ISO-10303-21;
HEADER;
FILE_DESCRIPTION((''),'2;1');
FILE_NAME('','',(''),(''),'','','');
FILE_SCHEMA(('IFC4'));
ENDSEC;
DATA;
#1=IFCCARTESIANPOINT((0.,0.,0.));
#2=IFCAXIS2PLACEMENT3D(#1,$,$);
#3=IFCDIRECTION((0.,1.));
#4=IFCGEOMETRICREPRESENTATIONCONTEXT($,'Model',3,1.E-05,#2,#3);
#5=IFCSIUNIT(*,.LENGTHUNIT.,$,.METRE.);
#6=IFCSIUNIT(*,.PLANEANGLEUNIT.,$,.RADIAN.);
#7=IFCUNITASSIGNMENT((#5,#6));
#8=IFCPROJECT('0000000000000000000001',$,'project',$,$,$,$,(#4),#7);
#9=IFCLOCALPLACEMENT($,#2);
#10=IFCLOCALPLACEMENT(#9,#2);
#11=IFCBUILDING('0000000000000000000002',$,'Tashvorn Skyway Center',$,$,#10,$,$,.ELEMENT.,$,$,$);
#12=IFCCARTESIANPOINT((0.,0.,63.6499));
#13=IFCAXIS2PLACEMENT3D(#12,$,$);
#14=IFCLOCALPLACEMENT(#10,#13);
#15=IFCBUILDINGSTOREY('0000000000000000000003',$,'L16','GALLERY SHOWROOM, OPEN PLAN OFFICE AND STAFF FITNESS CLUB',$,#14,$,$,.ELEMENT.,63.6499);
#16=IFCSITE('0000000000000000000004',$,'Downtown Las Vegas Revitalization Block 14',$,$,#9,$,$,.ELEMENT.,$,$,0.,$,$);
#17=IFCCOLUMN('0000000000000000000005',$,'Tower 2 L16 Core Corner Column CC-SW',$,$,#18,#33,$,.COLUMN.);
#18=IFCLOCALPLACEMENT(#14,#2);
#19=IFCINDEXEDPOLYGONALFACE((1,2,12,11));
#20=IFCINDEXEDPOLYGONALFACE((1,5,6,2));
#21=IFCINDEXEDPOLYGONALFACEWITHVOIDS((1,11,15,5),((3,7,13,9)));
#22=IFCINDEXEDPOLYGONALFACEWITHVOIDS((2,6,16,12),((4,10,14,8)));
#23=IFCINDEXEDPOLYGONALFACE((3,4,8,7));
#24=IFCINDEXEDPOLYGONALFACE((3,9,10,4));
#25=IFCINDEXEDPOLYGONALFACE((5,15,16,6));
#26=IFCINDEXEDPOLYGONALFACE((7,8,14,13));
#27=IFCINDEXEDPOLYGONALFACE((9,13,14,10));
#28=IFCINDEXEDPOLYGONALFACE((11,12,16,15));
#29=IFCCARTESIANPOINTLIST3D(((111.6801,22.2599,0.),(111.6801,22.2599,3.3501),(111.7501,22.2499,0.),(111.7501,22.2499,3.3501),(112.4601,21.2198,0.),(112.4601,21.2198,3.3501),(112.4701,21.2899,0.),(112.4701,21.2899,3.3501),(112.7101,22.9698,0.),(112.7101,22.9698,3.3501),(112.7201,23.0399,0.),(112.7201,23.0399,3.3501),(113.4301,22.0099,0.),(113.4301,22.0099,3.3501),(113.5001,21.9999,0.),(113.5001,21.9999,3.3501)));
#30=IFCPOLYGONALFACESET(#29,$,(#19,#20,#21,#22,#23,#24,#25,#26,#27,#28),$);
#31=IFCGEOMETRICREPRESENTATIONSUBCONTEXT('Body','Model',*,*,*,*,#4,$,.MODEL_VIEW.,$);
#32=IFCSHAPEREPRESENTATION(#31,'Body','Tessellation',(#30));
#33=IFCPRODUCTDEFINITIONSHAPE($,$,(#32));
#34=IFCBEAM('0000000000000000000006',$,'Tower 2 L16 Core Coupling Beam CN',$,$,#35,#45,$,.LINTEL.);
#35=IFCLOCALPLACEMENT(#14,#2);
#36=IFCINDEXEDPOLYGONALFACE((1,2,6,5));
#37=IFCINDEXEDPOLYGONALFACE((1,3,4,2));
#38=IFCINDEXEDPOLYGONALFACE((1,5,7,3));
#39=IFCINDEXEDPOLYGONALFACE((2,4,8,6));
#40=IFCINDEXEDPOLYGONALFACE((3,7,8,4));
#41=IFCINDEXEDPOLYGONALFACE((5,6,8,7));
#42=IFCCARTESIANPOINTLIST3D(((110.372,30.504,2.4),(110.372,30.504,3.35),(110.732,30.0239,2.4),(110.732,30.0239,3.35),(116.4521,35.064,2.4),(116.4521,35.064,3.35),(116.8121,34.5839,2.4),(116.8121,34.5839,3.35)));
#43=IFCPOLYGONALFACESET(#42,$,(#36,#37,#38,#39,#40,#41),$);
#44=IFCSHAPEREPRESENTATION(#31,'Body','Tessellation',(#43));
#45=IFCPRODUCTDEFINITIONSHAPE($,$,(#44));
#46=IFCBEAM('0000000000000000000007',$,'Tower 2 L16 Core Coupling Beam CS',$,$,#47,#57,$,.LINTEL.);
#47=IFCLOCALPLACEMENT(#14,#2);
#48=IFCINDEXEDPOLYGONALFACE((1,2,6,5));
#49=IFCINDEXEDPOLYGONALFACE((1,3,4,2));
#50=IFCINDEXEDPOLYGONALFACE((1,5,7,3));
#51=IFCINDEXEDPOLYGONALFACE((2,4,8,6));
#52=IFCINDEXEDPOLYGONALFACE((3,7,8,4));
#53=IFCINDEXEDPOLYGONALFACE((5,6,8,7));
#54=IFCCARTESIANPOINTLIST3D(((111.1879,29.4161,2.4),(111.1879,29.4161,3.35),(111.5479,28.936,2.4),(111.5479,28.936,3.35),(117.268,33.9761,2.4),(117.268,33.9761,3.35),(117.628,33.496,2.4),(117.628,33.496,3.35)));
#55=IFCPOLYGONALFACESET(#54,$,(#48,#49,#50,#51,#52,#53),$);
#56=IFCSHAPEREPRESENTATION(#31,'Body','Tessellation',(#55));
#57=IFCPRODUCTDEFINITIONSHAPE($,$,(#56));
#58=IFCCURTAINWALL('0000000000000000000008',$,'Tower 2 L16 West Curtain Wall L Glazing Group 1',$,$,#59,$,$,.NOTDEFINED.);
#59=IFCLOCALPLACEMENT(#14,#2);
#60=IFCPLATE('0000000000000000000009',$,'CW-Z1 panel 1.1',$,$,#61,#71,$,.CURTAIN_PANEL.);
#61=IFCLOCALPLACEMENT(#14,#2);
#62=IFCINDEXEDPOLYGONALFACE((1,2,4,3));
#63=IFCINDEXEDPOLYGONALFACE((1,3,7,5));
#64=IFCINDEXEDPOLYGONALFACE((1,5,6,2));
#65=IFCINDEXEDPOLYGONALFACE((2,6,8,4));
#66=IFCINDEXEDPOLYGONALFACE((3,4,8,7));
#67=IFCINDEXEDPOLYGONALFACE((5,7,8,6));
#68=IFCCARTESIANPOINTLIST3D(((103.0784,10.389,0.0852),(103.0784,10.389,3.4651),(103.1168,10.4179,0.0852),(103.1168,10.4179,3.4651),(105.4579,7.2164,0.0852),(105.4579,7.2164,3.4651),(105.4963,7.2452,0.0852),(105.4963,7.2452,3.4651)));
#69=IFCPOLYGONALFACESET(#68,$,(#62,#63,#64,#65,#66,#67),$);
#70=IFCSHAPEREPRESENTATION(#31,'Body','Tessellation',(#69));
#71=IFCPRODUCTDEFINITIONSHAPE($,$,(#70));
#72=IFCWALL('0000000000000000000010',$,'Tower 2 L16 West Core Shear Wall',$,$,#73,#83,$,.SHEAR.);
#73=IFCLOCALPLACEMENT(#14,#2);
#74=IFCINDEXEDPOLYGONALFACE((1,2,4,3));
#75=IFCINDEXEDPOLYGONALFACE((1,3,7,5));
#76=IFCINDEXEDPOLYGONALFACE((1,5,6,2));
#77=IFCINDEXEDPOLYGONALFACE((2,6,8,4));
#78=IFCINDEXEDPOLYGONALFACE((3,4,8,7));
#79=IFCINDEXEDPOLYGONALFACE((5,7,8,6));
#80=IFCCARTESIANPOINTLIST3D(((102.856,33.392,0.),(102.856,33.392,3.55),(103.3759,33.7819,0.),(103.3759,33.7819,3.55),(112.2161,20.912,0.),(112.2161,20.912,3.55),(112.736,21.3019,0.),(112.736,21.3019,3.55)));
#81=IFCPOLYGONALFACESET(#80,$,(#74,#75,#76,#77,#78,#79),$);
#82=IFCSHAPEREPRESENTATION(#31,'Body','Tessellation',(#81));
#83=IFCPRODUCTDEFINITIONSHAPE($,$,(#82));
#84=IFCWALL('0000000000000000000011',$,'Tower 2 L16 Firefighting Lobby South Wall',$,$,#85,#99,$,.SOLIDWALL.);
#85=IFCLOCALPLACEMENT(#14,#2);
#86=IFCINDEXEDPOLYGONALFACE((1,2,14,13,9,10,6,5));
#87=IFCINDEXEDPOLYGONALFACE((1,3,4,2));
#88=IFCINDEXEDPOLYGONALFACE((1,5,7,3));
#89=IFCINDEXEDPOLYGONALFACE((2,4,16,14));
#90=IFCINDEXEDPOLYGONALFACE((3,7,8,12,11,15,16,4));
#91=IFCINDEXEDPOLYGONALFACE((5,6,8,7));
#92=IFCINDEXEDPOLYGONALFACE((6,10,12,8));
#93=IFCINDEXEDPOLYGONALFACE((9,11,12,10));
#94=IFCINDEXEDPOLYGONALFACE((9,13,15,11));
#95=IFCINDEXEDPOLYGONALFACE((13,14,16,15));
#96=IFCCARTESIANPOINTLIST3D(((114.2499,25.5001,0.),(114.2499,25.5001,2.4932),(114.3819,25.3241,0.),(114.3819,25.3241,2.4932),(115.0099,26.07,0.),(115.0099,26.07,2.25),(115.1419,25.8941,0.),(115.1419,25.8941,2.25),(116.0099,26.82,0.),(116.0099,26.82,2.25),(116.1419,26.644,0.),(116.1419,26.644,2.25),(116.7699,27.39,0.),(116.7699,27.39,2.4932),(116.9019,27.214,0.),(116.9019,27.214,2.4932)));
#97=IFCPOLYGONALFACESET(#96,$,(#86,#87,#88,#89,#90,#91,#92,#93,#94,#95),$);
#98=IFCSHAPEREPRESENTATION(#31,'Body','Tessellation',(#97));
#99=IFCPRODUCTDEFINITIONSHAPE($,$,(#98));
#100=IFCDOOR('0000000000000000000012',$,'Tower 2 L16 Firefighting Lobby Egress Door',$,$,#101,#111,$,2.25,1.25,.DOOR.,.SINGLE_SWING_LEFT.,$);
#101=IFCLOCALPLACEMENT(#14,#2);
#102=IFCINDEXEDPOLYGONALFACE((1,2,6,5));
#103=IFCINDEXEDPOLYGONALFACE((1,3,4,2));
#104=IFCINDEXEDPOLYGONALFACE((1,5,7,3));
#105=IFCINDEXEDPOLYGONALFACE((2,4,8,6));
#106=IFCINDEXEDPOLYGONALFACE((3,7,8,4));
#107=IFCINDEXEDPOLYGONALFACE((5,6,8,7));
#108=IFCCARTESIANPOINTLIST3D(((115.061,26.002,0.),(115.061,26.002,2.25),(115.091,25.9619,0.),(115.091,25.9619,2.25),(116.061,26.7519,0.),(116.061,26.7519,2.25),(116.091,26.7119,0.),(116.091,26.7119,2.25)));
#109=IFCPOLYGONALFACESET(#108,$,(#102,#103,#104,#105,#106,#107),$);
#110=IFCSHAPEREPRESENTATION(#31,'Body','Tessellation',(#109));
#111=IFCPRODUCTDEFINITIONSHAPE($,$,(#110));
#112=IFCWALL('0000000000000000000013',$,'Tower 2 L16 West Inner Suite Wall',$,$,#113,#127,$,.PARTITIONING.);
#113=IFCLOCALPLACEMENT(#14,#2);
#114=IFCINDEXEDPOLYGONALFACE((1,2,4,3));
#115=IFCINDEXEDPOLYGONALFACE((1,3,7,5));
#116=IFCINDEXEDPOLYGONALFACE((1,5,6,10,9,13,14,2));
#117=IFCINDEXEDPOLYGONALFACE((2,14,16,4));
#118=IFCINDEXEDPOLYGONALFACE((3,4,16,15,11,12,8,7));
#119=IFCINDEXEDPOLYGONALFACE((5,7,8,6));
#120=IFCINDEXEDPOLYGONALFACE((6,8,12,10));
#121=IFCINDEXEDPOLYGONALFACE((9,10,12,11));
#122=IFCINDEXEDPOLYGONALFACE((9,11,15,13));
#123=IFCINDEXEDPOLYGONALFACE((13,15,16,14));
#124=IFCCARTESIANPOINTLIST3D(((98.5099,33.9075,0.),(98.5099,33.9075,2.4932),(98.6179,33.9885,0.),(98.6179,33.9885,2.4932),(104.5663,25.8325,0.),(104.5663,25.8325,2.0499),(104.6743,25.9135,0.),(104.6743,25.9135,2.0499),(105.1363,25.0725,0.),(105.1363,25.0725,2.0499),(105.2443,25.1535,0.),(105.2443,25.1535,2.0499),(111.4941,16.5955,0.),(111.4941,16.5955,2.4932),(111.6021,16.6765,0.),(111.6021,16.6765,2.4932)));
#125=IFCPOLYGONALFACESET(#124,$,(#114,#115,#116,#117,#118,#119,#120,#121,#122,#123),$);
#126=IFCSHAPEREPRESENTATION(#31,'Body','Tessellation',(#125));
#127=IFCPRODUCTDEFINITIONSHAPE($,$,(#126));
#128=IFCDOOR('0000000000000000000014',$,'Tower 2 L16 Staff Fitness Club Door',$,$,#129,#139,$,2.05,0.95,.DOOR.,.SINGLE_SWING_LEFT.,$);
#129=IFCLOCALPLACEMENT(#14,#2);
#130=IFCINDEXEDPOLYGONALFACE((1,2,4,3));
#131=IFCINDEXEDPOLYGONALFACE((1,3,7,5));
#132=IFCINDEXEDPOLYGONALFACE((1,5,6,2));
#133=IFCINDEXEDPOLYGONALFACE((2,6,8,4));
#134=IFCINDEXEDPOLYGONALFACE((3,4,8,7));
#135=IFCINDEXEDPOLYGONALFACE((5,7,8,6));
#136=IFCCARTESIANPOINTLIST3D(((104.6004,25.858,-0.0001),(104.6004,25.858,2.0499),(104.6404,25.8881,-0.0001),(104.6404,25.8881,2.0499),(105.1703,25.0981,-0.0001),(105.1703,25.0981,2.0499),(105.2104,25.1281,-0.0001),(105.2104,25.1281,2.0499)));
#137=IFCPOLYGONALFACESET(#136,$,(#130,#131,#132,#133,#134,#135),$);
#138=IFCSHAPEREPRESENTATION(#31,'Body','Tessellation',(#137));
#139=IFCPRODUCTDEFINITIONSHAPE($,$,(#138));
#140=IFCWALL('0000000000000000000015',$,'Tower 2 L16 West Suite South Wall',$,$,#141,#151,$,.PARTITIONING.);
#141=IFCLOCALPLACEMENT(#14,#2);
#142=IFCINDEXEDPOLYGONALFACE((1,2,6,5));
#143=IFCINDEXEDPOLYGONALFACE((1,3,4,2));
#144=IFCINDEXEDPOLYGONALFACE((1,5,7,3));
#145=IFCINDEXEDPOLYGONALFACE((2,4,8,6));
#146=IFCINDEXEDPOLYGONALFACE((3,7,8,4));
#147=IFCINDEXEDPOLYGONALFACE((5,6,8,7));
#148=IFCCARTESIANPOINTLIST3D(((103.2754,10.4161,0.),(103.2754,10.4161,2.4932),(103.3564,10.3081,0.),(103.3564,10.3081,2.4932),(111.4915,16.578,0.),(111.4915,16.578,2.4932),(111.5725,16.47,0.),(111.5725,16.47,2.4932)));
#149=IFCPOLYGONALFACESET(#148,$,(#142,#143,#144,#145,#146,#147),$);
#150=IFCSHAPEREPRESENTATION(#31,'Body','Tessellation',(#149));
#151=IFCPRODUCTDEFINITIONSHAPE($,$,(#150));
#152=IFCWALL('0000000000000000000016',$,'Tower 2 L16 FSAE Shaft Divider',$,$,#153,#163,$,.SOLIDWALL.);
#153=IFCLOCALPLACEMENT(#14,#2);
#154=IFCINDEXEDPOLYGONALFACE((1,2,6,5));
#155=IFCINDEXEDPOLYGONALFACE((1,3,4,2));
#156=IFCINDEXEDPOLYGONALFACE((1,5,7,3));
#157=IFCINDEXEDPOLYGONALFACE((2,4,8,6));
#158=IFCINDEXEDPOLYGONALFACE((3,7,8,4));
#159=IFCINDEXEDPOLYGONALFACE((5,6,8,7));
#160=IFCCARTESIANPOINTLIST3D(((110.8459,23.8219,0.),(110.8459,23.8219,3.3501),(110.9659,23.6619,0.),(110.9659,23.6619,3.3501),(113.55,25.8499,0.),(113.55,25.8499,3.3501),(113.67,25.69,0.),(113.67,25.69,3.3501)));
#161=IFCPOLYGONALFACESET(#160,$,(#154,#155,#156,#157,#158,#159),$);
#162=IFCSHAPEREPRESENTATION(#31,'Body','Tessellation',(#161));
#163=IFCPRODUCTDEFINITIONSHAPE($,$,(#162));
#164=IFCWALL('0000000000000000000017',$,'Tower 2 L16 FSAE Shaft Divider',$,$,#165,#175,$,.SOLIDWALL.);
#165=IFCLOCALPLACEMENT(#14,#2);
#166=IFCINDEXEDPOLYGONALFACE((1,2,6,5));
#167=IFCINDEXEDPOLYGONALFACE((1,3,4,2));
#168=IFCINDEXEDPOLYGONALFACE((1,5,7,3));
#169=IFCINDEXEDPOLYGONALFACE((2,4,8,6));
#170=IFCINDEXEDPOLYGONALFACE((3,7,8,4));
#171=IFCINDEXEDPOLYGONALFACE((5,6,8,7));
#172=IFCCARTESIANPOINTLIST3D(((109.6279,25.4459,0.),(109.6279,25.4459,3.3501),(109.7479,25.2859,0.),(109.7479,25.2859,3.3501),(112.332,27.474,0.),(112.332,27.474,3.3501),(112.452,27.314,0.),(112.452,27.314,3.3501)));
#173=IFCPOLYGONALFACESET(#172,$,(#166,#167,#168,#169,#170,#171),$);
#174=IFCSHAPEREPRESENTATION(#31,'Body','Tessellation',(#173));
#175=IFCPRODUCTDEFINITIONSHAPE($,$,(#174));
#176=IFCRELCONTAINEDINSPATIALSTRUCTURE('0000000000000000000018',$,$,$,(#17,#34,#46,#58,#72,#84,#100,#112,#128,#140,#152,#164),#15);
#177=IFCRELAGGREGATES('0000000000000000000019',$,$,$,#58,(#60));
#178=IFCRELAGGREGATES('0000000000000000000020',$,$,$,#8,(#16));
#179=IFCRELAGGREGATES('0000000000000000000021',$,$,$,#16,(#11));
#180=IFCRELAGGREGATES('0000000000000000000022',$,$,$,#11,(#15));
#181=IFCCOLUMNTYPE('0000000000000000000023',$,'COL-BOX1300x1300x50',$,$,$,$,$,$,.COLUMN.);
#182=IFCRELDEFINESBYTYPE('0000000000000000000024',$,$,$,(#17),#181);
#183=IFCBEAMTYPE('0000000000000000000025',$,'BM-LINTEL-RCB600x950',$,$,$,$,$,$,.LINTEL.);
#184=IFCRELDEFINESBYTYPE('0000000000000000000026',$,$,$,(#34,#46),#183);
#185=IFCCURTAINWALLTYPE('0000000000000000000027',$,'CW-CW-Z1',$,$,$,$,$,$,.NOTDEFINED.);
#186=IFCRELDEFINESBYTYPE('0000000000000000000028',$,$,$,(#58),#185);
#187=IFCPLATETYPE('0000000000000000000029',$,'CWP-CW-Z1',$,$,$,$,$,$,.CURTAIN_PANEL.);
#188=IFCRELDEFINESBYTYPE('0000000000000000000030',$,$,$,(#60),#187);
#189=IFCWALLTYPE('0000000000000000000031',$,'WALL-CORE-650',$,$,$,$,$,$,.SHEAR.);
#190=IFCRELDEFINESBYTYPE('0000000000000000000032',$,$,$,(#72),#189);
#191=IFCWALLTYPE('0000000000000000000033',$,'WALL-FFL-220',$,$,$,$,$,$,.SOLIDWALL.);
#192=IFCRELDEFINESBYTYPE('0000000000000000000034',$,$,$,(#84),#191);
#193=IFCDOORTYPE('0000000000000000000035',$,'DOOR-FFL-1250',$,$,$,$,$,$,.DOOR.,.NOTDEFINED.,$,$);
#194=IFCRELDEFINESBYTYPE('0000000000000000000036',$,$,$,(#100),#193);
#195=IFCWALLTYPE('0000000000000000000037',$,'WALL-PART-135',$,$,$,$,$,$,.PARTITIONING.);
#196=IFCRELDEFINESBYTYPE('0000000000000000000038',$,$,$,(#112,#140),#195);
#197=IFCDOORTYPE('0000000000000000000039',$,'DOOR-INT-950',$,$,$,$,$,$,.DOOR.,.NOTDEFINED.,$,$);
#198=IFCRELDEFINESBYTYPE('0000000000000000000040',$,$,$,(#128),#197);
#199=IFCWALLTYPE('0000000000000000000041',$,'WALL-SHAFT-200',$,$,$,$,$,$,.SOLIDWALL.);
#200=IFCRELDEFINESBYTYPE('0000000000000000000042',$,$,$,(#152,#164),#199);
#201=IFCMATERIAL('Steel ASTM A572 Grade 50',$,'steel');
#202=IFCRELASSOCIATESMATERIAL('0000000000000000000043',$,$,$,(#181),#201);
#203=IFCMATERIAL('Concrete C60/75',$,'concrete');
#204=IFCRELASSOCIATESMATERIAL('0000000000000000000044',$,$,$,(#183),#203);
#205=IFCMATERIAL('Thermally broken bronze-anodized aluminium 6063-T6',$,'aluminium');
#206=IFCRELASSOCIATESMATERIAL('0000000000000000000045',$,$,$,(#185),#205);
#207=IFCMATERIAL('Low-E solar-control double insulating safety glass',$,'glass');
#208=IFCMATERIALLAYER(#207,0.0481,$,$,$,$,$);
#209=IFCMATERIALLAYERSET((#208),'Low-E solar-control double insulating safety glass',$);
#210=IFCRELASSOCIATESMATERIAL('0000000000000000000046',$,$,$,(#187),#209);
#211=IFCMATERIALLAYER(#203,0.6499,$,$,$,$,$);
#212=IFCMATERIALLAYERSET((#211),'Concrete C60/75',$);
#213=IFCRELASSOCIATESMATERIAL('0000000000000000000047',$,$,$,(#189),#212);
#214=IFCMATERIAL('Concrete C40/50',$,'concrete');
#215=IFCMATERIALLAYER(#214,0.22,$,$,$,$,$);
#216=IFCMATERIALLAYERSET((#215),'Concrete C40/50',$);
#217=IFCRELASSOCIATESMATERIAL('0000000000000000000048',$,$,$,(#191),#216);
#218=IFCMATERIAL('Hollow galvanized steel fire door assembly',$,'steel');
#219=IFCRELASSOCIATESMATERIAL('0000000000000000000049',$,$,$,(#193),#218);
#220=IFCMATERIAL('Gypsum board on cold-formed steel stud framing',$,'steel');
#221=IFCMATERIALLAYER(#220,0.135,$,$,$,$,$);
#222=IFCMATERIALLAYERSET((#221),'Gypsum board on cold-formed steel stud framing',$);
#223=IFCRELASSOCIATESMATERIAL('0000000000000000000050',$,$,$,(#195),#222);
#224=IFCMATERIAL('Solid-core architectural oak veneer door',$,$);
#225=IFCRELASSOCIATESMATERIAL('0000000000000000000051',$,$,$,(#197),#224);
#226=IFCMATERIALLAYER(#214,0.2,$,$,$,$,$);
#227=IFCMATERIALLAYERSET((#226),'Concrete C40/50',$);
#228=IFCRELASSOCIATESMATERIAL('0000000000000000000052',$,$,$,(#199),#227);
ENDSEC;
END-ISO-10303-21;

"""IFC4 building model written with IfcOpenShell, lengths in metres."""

from ifc_helpers import new_model, si_unit, direction, frame, frame_2d, origin, origin_2d, place, context, subcontext, project, spatial, rectangle, hollow_rectangle, extrude, material, layer, layer_set, material_profile, profile_set, type_object, element, fill, aggregate, save


model = new_model("IFC4")

# Units and contexts
model_context = context("Model", 3, precision=1e-05, world=origin(), true_north=direction((0.0, 1.0)))
body_context = subcontext(model_context, "Body", "Model", "MODEL_VIEW")
ifc_project = project(units=[si_unit("LENGTHUNIT", "METRE"), si_unit("PLANEANGLEUNIT", "RADIAN")], contexts=[model_context])

# Site, building, storey
site_placement = place(None, origin())
site = spatial("IfcSite", under=ifc_project, at=site_placement, Name="Downtown Las Vegas Revitalization Block 14", CompositionType="ELEMENT", RefElevation=0.0)
building_placement = place(site_placement, origin())
building = spatial("IfcBuilding", under=site, at=building_placement, Name="Tashvorn Skyway Center", CompositionType="ELEMENT")
storey_placement = place(building_placement, frame((0.0, 0.0, 63.6499)))
storey = spatial("IfcBuildingStorey", under=building, at=storey_placement, Name="L16", Description="GALLERY SHOWROOM, OPEN PLAN OFFICE AND STAFF FITNESS CLUB", CompositionType="ELEMENT", Elevation=63.6499)

# Column
ifc_material_1 = material(Name="Steel ASTM A572 Grade 50", Category="steel")
ifc_material_profile_1 = material_profile(ifc_material_1, hollow_rectangle(XDim=1.3, YDim=1.3, WallThickness=0.05, at=origin_2d()), Name="BOX1300x1300x50")
ifc_profile_set_1 = profile_set([ifc_material_profile_1], Name="Steel ASTM A572 Grade 50")
column_type = type_object("IfcColumnType", Name="COL-BOX1300x1300x50", PredefinedType="COLUMN", material=ifc_profile_set_1)
column_placement = place(storey_placement, frame((112.5901, 22.1299, 0.0), z_axis=(0.0, 0.0, 1.0), x_axis=(0.8, 0.6, 0.0)))
element("IfcColumn", 1, at=column_placement, inside=storey, type_object=column_type, Name="Tower 2 L16 Core Corner Column CC-SW", PredefinedType="COLUMN", context=body_context, shape_type="SweptSolid", body=[
    extrude(hollow_rectangle(XDim=1.3, YDim=1.3, WallThickness=0.05, at=origin_2d()), origin(), (0.0, 0.0, 1.0), 3.3501),
])

# Beams
ifc_material_2 = material(Name="Concrete C60/75", Category="concrete")
ifc_material_profile_2 = material_profile(ifc_material_2, rectangle(XDim=0.6001, YDim=0.95, at=origin_2d()), Name="RCB600x950")
ifc_profile_set_2 = profile_set([ifc_material_profile_2], Name="Concrete C60/75")
beam_type = type_object("IfcBeamType", Name="BM-LINTEL-RCB600x950", PredefinedType="LINTEL", material=ifc_profile_set_2)
for number, where, z_axis, x_axis, name in (
    (2, (110.552, 30.2639, 2.875), (0.8, 0.6, 0.0), (-0.6, 0.8, 0.0), "Tower 2 L16 Core Coupling Beam CN"),
    (3, (111.3679, 29.176, 2.875), (0.8, 0.6, 0.0), (-0.6, 0.8, 0.0), "Tower 2 L16 Core Coupling Beam CS"),
):
    element("IfcBeam", number, at=place(storey_placement, frame(where, z_axis=z_axis, x_axis=x_axis)), inside=storey, type_object=beam_type, Name=name, PredefinedType="LINTEL", context=body_context, shape_type="SweptSolid", body=[
        extrude(rectangle(XDim=0.6001, YDim=0.95, at=origin_2d()), origin(), (0.0, 0.0, 1.0), 7.6001),
    ])

# Curtain wall, plate
ifc_material_3 = material(Name="Thermally broken bronze-anodized aluminium 6063-T6", Category="aluminium")
curtain_wall_type = type_object("IfcCurtainWallType", Name="CW-CW-Z1", PredefinedType="NOTDEFINED", material=ifc_material_3)
curtain_wall_placement = place(storey_placement, origin())
curtain_wall = element("IfcCurtainWall", 4, at=curtain_wall_placement, inside=storey, type_object=curtain_wall_type, Name="Tower 2 L16 West Curtain Wall L Glazing Group 1", PredefinedType="NOTDEFINED")
ifc_material_4 = material(Name="Low-E solar-control double insulating safety glass", Category="glass")
ifc_layer_1 = layer(ifc_material_4, 0.0481)
ifc_layer_set_1 = layer_set([ifc_layer_1], Name="Low-E solar-control double insulating safety glass")
plate_type = type_object("IfcPlateType", Name="CWP-CW-Z1", PredefinedType="CURTAIN_PANEL", material=ifc_layer_set_1)
plate_placement = place(storey_placement, frame((104.2874, 8.8171, 0.0852), z_axis=(0.0, 0.0, 1.0), x_axis=(-0.600002, 0.799999, 0.0)))
plate = element("IfcPlate", 5, at=plate_placement, type_object=plate_type, Name="CW-Z1 panel 1.1", PredefinedType="CURTAIN_PANEL", context=body_context, shape_type="SweptSolid", body=[
    extrude(rectangle(XDim=3.9658, YDim=0.0481, at=origin_2d()), origin(), (0.0, 0.0, 1.0), 3.3799),
])
aggregate(curtain_wall, [plate])

# Wall
ifc_layer_2 = layer(ifc_material_2, 0.6499)
ifc_layer_set_2 = layer_set([ifc_layer_2], Name="Concrete C60/75")
wall_type_1 = type_object("IfcWallType", Name="WALL-CORE-650", PredefinedType="SHEAR", material=ifc_layer_set_2)
wall_1_placement = place(storey_placement, frame((112.4761, 21.1069, 0.0), z_axis=(0.0, 0.0, 1.0), x_axis=(-0.600005, 0.799996, 0.0)))
element("IfcWall", 6, at=wall_1_placement, inside=storey, type_object=wall_type_1, Name="Tower 2 L16 West Core Shear Wall", PredefinedType="SHEAR", context=body_context, shape_type="SweptSolid", body=[
    extrude(rectangle(XDim=15.6001, YDim=0.6499, at=frame_2d((7.8, 0.0))), origin(), (0.0, 0.0, 1.0), 3.55),
])

# Walls, openings, doors
ifc_material_5 = material(Name="Concrete C40/50", Category="concrete")
ifc_layer_3 = layer(ifc_material_5, 0.22)
ifc_layer_set_3 = layer_set([ifc_layer_3], Name="Concrete C40/50")
wall_type_2 = type_object("IfcWallType", Name="WALL-FFL-220", PredefinedType="SOLIDWALL", material=ifc_layer_set_3)
wall_2_placement = place(storey_placement, frame((114.3159, 25.4121, 0.0), z_axis=(0.0, 0.0, 1.0), x_axis=(0.800019, 0.599975, 0.0)))
wall_2 = element("IfcWall", 7, at=wall_2_placement, inside=storey, type_object=wall_type_2, Name="Tower 2 L16 Firefighting Lobby South Wall", PredefinedType="SOLIDWALL", context=body_context, shape_type="SweptSolid", body=[
    extrude(rectangle(XDim=3.1499, YDim=0.22, at=frame_2d((1.575, 0.0))), origin(), (0.0, 0.0, 1.0), 2.4932),
])
opening_1_placement = place(wall_2_placement, frame((0.95, 0.0, 0.0)))
opening_1 = element("IfcOpeningElement", 8, at=opening_1_placement, cuts=wall_2, PredefinedType="OPENING", context=body_context, shape_type="SweptSolid", body=[
    extrude(rectangle(XDim=1.25, YDim=2.25, at=frame_2d((0.625, 1.125))), frame((0.0, 0.1199, 0.0), z_axis=(0.0, -1.0, 0.0), x_axis=(1.0, 0.0, 0.0)), (0.0, 0.0, 1.0), 0.24),
])
ifc_material_6 = material(Name="Hollow galvanized steel fire door assembly", Category="steel")
door_type_1 = type_object("IfcDoorType", Name="DOOR-FFL-1250", OperationType="NOTDEFINED", PredefinedType="DOOR", material=ifc_material_6)
door_1_placement = place(opening_1_placement, origin())
door_1 = element("IfcDoor", 9, at=door_1_placement, inside=storey, type_object=door_type_1, Name="Tower 2 L16 Firefighting Lobby Egress Door", OperationType="SINGLE_SWING_LEFT", OverallHeight=2.25, OverallWidth=1.25, PredefinedType="DOOR", context=body_context, shape_type="SweptSolid", body=[
    extrude(rectangle(XDim=1.25, YDim=2.25, at=frame_2d((0.625, 1.125))), frame((0.0, 0.0249, 0.0), z_axis=(0.0, -1.0, 0.0), x_axis=(1.0, 0.0, 0.0)), (0.0, 0.0, 1.0), 0.05),
])
fill(opening_1, door_1)
ifc_material_7 = material(Name="Gypsum board on cold-formed steel stud framing", Category="steel")
ifc_layer_4 = layer(ifc_material_7, 0.135)
ifc_layer_set_4 = layer_set([ifc_layer_4], Name="Gypsum board on cold-formed steel stud framing")
wall_type_3 = type_object("IfcWallType", Name="WALL-PART-135", PredefinedType="PARTITIONING", material=ifc_layer_set_4)
wall_3_placement = place(storey_placement, frame((111.5481, 16.636, 0.0), z_axis=(0.0, 0.0, 1.0), x_axis=(-0.600004, 0.799997, 0.0)))
wall_3 = element("IfcWall", 10, at=wall_3_placement, inside=storey, type_object=wall_type_3, Name="Tower 2 L16 West Inner Suite Wall", PredefinedType="PARTITIONING", context=body_context, shape_type="SweptSolid", body=[
    extrude(rectangle(XDim=21.6401, YDim=0.135, at=frame_2d((10.8201, 0.0))), origin(), (0.0, 0.0, 1.0), 2.4932),
])
opening_2_placement = place(wall_3_placement, frame((10.5962, 0.0, 0.0)))
opening_2 = element("IfcOpeningElement", 11, at=opening_2_placement, cuts=wall_3, PredefinedType="OPENING", context=body_context, shape_type="SweptSolid", body=[
    extrude(rectangle(XDim=0.95, YDim=2.05, at=frame_2d((0.4751, 1.0249))), frame((0.0, 0.0774, 0.0), z_axis=(0.0, -1.0, 0.0), x_axis=(1.0, 0.0, 0.0)), (0.0, 0.0, 1.0), 0.155),
])
ifc_material_8 = material(Name="Solid-core architectural oak veneer door")
door_type_2 = type_object("IfcDoorType", Name="DOOR-INT-950", OperationType="NOTDEFINED", PredefinedType="DOOR", material=ifc_material_8)
door_2_placement = place(opening_2_placement, origin())
door_2 = element("IfcDoor", 12, at=door_2_placement, inside=storey, type_object=door_type_2, Name="Tower 2 L16 Staff Fitness Club Door", OperationType="SINGLE_SWING_LEFT", OverallHeight=2.05, OverallWidth=0.95, PredefinedType="DOOR", context=body_context, shape_type="SweptSolid", body=[
    extrude(rectangle(XDim=0.95, YDim=2.05, at=frame_2d((0.4751, 1.0249))), frame((0.0, 0.0249, 0.0), z_axis=(0.0, -1.0, 0.0), x_axis=(1.0, 0.0, 0.0)), (0.0, 0.0, 1.0), 0.05),
])
fill(opening_2, door_2)

# Walls
wall_4_placement = place(storey_placement, frame((103.3159, 10.3621, 0.0), z_axis=(0.0, 0.0, 1.0), x_axis=(0.800009, 0.599989, 0.0)))
element("IfcWall", 13, at=wall_4_placement, inside=storey, type_object=wall_type_3, Name="Tower 2 L16 West Suite South Wall", PredefinedType="PARTITIONING", context=body_context, shape_type="SweptSolid", body=[
    extrude(rectangle(XDim=10.27, YDim=0.135, at=frame_2d((5.135, 0.0))), origin(), (0.0, 0.0, 1.0), 2.4932),
])
ifc_layer_5 = layer(ifc_material_5, 0.2)
ifc_layer_set_5 = layer_set([ifc_layer_5], Name="Concrete C40/50")
wall_type_4 = type_object("IfcWallType", Name="WALL-SHAFT-200", PredefinedType="SOLIDWALL", material=ifc_layer_set_5)
for number, where, z_axis, x_axis, name in (
    (14, (110.906, 23.7419, 0.0), (0.0, 0.0, 1.0), (0.8, 0.6, 0.0), "Tower 2 L16 FSAE Shaft Divider"),
    (15, (109.688, 25.366, 0.0), (0.0, 0.0, 1.0), (0.8, 0.6, 0.0), "Tower 2 L16 FSAE Shaft Divider"),
):
    element("IfcWall", number, at=place(storey_placement, frame(where, z_axis=z_axis, x_axis=x_axis)), inside=storey, type_object=wall_type_4, Name=name, PredefinedType="SOLIDWALL", context=body_context, shape_type="SweptSolid", body=[
        extrude(rectangle(XDim=3.3801, YDim=0.2, at=frame_2d((1.6899, 0.0))), origin(), (0.0, 0.0, 1.0), 3.3501),
    ])

save(model, "model.ifc")
